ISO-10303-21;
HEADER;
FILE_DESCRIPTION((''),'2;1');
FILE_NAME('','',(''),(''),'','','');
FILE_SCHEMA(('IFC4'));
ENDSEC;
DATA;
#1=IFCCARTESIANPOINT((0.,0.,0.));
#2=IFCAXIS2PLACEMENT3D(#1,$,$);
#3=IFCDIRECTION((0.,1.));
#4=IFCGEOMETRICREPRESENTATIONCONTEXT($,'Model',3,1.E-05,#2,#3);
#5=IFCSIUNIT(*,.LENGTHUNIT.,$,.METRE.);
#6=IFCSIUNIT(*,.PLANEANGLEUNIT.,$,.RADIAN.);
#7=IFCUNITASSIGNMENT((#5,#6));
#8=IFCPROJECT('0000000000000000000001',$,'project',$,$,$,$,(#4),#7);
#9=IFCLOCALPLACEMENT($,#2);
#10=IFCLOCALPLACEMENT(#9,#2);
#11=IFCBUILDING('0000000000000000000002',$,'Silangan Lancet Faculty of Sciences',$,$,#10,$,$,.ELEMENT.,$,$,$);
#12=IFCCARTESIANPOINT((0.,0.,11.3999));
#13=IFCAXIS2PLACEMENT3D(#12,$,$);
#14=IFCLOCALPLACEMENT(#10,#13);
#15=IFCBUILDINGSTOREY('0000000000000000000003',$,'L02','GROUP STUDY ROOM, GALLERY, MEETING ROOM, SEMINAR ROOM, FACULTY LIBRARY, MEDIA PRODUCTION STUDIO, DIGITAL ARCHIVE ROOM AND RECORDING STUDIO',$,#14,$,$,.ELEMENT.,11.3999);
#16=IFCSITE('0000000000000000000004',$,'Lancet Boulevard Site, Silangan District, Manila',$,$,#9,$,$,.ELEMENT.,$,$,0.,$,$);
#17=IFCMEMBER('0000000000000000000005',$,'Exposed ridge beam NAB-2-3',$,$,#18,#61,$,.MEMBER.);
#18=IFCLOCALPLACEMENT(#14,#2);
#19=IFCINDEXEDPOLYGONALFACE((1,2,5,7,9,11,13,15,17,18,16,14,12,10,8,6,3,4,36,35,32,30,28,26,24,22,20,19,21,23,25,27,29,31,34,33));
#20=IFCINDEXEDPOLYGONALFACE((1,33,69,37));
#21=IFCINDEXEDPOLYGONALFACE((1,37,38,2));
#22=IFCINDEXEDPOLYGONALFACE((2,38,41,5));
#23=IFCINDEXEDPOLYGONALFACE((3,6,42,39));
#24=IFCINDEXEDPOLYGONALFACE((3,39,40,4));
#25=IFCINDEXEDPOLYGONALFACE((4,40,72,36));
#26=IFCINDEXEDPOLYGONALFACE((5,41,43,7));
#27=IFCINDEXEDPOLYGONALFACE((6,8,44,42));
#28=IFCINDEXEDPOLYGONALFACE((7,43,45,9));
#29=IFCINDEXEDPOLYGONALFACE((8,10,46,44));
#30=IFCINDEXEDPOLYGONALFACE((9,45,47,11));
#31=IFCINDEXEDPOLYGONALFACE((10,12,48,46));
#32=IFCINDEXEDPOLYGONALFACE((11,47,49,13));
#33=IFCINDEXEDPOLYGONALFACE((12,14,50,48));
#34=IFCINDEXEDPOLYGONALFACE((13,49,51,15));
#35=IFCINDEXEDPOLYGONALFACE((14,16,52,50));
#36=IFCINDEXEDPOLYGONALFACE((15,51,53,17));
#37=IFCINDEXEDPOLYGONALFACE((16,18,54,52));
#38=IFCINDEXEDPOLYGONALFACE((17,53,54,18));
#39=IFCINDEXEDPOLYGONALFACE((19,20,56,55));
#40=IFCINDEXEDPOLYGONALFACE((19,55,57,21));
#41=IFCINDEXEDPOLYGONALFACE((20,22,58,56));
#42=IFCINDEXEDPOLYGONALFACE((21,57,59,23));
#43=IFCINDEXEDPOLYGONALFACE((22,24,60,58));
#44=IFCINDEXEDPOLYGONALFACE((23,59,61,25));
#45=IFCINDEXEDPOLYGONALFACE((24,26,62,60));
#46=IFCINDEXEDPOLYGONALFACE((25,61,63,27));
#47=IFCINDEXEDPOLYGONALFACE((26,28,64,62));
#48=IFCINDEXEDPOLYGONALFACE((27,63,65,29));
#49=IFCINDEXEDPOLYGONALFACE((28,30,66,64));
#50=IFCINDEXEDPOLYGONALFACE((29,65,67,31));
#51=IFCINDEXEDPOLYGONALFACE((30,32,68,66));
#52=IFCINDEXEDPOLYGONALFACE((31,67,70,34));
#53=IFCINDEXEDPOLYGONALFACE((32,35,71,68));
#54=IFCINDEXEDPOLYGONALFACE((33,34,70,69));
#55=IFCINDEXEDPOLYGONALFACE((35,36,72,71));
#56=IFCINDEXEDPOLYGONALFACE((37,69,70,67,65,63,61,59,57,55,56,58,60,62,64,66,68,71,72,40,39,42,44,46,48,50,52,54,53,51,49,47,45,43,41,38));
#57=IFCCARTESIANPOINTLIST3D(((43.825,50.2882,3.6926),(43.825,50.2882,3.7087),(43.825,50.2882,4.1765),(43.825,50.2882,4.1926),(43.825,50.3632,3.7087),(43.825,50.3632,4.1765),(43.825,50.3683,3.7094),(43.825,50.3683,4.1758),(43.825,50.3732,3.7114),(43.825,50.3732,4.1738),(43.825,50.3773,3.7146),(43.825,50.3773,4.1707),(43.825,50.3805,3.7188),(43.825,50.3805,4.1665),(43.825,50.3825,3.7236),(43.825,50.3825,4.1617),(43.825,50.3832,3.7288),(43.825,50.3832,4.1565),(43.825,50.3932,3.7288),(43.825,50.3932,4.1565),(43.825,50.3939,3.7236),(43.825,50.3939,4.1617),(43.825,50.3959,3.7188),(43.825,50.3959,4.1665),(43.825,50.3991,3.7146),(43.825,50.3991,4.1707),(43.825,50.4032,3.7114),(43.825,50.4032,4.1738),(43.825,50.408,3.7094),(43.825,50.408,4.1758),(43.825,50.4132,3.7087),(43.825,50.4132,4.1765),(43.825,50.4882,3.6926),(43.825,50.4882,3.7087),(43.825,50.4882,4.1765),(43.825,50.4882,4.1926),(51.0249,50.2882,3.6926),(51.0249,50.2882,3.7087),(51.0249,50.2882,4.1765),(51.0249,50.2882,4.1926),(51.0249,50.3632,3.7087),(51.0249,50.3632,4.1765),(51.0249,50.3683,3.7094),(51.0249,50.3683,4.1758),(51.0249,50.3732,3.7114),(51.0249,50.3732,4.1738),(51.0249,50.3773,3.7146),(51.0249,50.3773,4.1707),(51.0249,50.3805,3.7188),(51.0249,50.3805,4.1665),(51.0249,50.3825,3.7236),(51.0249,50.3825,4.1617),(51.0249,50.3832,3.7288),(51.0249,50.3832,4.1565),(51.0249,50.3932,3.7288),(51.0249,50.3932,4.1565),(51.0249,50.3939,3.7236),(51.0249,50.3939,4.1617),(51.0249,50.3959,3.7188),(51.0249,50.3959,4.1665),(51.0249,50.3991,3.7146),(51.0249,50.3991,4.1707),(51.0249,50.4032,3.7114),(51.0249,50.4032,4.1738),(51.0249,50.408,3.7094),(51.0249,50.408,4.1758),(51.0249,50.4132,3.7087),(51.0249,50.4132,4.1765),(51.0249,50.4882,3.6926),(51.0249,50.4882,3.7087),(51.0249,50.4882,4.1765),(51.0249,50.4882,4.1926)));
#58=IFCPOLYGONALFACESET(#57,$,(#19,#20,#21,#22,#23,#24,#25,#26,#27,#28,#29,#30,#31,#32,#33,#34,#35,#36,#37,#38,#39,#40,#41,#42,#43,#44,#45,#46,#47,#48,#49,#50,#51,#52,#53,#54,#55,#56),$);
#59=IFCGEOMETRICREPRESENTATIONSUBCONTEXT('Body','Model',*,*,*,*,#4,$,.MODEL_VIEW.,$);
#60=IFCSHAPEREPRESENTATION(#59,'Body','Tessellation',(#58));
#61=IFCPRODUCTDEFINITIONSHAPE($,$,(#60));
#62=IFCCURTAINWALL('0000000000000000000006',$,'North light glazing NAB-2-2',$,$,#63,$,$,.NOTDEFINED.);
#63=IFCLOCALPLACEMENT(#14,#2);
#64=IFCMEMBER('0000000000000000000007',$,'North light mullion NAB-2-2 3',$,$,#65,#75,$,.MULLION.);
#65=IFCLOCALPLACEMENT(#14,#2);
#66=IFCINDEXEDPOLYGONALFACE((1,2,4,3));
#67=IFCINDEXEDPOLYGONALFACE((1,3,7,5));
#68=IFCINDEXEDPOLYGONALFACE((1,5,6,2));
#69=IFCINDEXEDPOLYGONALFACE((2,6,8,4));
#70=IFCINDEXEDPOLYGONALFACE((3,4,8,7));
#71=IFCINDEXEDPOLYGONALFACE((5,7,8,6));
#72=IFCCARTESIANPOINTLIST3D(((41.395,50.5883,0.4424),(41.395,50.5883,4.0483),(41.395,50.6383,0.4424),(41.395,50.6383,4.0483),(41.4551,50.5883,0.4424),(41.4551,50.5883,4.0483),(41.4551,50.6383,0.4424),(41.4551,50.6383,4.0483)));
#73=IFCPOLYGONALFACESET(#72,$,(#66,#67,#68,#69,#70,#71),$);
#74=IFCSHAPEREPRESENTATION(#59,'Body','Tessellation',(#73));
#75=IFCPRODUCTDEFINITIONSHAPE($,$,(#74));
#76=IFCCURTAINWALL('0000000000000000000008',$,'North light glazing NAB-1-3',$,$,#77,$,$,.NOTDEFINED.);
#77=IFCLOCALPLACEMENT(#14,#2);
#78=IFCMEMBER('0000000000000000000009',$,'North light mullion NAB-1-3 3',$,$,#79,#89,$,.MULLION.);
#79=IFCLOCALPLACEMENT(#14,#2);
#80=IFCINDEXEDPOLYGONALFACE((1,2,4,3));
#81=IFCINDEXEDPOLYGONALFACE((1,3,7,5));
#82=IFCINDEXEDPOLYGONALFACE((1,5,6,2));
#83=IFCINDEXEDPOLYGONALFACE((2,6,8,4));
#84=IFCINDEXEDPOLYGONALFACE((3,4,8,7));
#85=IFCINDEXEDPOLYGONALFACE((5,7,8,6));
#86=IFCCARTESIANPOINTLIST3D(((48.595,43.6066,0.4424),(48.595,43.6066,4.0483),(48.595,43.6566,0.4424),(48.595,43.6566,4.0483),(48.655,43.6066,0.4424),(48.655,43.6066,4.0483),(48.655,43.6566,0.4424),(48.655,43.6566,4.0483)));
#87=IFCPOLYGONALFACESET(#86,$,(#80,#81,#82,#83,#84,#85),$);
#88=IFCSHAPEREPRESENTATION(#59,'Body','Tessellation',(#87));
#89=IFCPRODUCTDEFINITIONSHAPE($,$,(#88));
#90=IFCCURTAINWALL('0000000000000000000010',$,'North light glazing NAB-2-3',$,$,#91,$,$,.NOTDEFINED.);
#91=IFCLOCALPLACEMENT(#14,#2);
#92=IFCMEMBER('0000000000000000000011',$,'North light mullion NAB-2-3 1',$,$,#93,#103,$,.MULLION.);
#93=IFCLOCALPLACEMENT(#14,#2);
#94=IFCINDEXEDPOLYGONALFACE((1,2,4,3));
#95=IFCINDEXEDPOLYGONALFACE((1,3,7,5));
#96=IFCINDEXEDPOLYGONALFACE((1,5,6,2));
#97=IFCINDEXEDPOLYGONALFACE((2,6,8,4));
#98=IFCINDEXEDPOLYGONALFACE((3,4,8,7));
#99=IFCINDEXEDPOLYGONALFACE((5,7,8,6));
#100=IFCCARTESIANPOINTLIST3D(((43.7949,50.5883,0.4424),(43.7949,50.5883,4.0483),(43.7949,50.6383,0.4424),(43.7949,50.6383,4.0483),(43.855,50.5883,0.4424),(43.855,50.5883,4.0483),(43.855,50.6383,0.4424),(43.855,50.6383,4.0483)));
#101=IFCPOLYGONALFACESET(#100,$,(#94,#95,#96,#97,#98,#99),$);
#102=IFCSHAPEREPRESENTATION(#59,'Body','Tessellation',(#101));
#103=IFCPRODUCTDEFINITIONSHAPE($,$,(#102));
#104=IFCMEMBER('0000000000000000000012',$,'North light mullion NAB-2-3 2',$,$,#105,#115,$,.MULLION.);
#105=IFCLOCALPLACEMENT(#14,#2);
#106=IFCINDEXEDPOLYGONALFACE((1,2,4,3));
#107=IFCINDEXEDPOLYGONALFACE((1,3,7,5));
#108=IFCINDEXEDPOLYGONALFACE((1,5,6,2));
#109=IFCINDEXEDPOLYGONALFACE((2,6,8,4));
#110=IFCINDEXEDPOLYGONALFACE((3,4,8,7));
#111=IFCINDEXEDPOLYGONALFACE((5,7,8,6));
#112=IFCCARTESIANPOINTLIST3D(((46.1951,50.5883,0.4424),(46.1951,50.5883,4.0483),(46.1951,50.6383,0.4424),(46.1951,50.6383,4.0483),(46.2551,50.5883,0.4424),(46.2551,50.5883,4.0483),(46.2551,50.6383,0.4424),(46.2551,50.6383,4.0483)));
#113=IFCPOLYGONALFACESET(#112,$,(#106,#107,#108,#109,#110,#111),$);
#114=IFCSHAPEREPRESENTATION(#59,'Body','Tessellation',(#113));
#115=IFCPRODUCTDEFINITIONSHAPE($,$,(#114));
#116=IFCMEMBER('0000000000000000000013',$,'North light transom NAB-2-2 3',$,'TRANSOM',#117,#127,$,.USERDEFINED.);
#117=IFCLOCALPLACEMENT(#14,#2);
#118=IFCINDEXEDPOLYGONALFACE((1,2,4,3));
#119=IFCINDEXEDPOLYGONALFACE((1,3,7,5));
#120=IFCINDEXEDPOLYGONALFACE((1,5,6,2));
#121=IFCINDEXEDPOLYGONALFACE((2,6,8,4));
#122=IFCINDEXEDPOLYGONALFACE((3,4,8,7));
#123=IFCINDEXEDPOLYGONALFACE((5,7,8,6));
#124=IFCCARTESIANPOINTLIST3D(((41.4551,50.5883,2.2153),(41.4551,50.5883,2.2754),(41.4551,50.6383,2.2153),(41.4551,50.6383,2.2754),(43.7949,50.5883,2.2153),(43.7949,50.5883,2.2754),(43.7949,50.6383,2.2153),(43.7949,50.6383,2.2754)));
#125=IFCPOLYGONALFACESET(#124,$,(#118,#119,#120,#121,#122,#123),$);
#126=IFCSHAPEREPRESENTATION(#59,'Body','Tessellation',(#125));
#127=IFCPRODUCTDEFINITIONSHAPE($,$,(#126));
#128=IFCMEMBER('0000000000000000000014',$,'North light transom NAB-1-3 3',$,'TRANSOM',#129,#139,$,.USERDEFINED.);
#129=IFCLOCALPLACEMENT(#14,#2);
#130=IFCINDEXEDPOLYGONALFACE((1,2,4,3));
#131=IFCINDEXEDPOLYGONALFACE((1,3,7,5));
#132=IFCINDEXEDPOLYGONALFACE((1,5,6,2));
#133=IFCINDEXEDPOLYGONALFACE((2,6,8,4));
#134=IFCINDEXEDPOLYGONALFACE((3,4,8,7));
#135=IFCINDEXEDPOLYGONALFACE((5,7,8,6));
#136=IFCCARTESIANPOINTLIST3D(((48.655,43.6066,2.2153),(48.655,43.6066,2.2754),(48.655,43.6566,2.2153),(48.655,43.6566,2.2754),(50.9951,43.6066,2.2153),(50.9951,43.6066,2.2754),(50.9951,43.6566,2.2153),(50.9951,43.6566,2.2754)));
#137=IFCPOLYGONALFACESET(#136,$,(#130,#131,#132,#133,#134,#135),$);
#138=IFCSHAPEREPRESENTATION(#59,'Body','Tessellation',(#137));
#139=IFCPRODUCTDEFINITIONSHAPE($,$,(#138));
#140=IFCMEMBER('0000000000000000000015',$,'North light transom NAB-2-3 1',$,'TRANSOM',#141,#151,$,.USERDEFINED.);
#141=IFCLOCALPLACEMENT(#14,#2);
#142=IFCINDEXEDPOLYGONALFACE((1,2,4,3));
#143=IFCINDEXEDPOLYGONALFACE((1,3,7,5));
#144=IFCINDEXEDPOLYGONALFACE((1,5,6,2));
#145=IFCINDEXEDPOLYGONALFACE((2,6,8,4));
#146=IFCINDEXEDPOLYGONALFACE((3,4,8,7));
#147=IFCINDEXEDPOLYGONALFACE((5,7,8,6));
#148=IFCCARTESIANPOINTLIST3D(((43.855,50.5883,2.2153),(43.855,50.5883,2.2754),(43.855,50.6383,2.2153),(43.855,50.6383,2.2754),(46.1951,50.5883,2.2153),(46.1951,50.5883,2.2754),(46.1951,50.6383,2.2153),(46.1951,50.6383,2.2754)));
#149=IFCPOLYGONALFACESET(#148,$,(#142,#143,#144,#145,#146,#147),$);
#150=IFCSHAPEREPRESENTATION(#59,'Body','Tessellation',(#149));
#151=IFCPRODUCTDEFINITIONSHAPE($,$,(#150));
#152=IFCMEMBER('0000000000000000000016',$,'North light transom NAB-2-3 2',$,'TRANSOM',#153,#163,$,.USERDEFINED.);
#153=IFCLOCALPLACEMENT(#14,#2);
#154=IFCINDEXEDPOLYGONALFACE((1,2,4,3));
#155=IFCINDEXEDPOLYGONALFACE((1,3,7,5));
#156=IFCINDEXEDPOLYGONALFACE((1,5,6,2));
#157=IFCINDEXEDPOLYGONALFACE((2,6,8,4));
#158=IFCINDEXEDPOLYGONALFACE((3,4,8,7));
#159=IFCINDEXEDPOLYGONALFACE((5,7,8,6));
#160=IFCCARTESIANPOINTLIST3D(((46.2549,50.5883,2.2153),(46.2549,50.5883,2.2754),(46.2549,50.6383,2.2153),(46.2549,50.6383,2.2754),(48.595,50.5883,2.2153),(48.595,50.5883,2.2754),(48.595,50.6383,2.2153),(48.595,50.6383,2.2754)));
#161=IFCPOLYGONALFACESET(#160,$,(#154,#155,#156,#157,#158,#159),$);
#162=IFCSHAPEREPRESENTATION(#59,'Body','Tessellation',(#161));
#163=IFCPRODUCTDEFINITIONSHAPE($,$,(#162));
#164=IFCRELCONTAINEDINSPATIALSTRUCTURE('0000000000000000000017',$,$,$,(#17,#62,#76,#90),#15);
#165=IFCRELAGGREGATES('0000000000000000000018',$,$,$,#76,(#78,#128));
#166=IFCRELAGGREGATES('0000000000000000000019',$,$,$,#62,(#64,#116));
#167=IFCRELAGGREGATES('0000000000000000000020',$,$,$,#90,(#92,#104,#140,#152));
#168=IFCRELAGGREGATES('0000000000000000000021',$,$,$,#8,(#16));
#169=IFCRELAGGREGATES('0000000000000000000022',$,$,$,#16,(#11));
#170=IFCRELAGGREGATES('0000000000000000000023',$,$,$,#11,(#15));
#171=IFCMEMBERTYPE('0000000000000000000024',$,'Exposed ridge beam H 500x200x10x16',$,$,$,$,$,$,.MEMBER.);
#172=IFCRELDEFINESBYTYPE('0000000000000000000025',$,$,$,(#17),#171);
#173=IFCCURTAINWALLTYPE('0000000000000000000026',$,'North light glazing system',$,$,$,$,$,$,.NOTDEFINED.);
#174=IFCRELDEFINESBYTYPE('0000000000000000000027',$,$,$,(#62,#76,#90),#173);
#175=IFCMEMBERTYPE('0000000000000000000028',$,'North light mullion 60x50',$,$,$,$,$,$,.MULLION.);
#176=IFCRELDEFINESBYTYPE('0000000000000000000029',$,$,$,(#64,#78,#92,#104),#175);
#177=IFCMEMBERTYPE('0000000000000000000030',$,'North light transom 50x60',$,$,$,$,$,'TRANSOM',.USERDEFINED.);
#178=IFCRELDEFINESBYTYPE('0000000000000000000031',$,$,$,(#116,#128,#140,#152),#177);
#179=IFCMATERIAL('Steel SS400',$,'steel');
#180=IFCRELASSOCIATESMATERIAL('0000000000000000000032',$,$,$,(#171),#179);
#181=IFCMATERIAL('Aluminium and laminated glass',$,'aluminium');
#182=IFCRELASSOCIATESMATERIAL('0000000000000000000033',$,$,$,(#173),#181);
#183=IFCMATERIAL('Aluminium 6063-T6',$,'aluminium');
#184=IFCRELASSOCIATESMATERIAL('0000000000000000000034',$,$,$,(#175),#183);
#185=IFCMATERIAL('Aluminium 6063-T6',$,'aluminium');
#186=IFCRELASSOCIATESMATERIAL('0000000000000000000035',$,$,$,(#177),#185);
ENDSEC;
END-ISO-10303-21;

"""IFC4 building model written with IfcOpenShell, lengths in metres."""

from ifc_helpers import new_model, si_unit, direction, frame, origin, origin_2d, place, context, subcontext, project, spatial, rectangle, i_section, extrude, material, material_profile, profile_set, type_object, element, aggregate, save


model = new_model("IFC4")

# Units and contexts
model_context = context("Model", 3, precision=1e-05, world=origin(), true_north=direction((0.0, 1.0)))
body_context = subcontext(model_context, "Body", "Model", "MODEL_VIEW")
ifc_project = project(units=[si_unit("LENGTHUNIT", "METRE"), si_unit("PLANEANGLEUNIT", "RADIAN")], contexts=[model_context])

# Site, building, storey
site_placement = place(None, origin())
site = spatial("IfcSite", under=ifc_project, at=site_placement, Name="Lancet Boulevard Site, Silangan District, Manila", CompositionType="ELEMENT", RefElevation=0.0)
building_placement = place(site_placement, origin())
building = spatial("IfcBuilding", under=site, at=building_placement, Name="Silangan Lancet Faculty of Sciences", CompositionType="ELEMENT")
storey_placement = place(building_placement, frame((0.0, 0.0, 11.3999)))
storey = spatial("IfcBuildingStorey", under=building, at=storey_placement, Name="L02", Description="GROUP STUDY ROOM, GALLERY, MEETING ROOM, SEMINAR ROOM, FACULTY LIBRARY, MEDIA PRODUCTION STUDIO, DIGITAL ARCHIVE ROOM AND RECORDING STUDIO", CompositionType="ELEMENT", Elevation=11.3999)

# Member
ifc_material_1 = material(Name="Steel SS400", Category="steel")
ifc_material_profile_1 = material_profile(ifc_material_1, i_section(OverallWidth=0.2, OverallDepth=0.5, WebThickness=0.01, FlangeThickness=0.0161, FilletRadius=0.02, at=origin_2d()), Name="H 500x200x10x16")
ifc_profile_set_1 = profile_set([ifc_material_profile_1], Name="Steel SS400")
member_type_1 = type_object("IfcMemberType", Name="Exposed ridge beam H 500x200x10x16", PredefinedType="MEMBER", material=ifc_profile_set_1)
member_1_placement = place(storey_placement, frame((43.825, 50.3882, 3.9426), z_axis=(1.0, 0.0, 0.0), x_axis=(0.0, 1.0, 0.0)))
element("IfcMember", 1, at=member_1_placement, inside=storey, type_object=member_type_1, Name="Exposed ridge beam NAB-2-3", PredefinedType="MEMBER", context=body_context, shape_type="SweptSolid", body=[
    extrude(i_section(OverallWidth=0.2, OverallDepth=0.5, WebThickness=0.01, FlangeThickness=0.0161, FilletRadius=0.02, at=origin_2d()), origin(), (0.0, 0.0, 1.0), 7.2),
])

# Curtain walls, members
ifc_material_2 = material(Name="Aluminium and laminated glass", Category="aluminium")
curtain_wall_type = type_object("IfcCurtainWallType", Name="North light glazing system", PredefinedType="NOTDEFINED", material=ifc_material_2)
curtain_wall_1_placement = place(storey_placement, origin())
curtain_wall_1 = element("IfcCurtainWall", 2, at=curtain_wall_1_placement, inside=storey, type_object=curtain_wall_type, Name="North light glazing NAB-2-2", PredefinedType="NOTDEFINED")
ifc_material_3 = material(Name="Aluminium 6063-T6", Category="aluminium")
ifc_material_profile_2 = material_profile(ifc_material_3, rectangle(XDim=0.0601, YDim=0.05, at=origin_2d()), Name="AL 60x50")
ifc_profile_set_2 = profile_set([ifc_material_profile_2], Name="Aluminium 6063-T6")
member_type_2 = type_object("IfcMemberType", Name="North light mullion 60x50", PredefinedType="MULLION", material=ifc_profile_set_2)
member_2_placement = place(storey_placement, frame((41.425, 50.6133, 0.4424), z_axis=(0.0, 0.0, 1.0), x_axis=(1.0, 0.0, 0.0)))
member_2 = element("IfcMember", 3, at=member_2_placement, type_object=member_type_2, Name="North light mullion NAB-2-2 3", PredefinedType="MULLION", context=body_context, shape_type="SweptSolid", body=[
    extrude(rectangle(XDim=0.0601, YDim=0.05, at=origin_2d()), origin(), (0.0, 0.0, 1.0), 3.606),
])
curtain_wall_2_placement = place(storey_placement, origin())
curtain_wall_2 = element("IfcCurtainWall", 4, at=curtain_wall_2_placement, inside=storey, type_object=curtain_wall_type, Name="North light glazing NAB-1-3", PredefinedType="NOTDEFINED")
member_3_placement = place(storey_placement, frame((48.625, 43.6316, 0.4424), z_axis=(0.0, 0.0, 1.0), x_axis=(1.0, 0.0, 0.0)))
member_3 = element("IfcMember", 5, at=member_3_placement, type_object=member_type_2, Name="North light mullion NAB-1-3 3", PredefinedType="MULLION", context=body_context, shape_type="SweptSolid", body=[
    extrude(rectangle(XDim=0.0601, YDim=0.05, at=origin_2d()), origin(), (0.0, 0.0, 1.0), 3.606),
])

# Curtain wall, members
curtain_wall_3_placement = place(storey_placement, origin())
curtain_wall_3 = element("IfcCurtainWall", 6, at=curtain_wall_3_placement, inside=storey, type_object=curtain_wall_type, Name="North light glazing NAB-2-3", PredefinedType="NOTDEFINED")
member_4_placement = place(storey_placement, frame((43.825, 50.6133, 0.4424), z_axis=(0.0, 0.0, 1.0), x_axis=(1.0, 0.0, 0.0)))
member_4 = element("IfcMember", 7, at=member_4_placement, type_object=member_type_2, Name="North light mullion NAB-2-3 1", PredefinedType="MULLION", context=body_context, shape_type="SweptSolid", body=[
    extrude(rectangle(XDim=0.0601, YDim=0.05, at=origin_2d()), origin(), (0.0, 0.0, 1.0), 3.606),
])
member_5_placement = place(storey_placement, frame((46.2251, 50.6133, 0.4424), z_axis=(0.0, 0.0, 1.0), x_axis=(1.0, 0.0, 0.0)))
member_5 = element("IfcMember", 8, at=member_5_placement, type_object=member_type_2, Name="North light mullion NAB-2-3 2", PredefinedType="MULLION", context=body_context, shape_type="SweptSolid", body=[
    extrude(rectangle(XDim=0.0601, YDim=0.05, at=origin_2d()), origin(), (0.0, 0.0, 1.0), 3.606),
])

# Members
ifc_material_4 = material(Name="Aluminium 6063-T6", Category="aluminium")
ifc_material_profile_3 = material_profile(ifc_material_4, rectangle(XDim=0.05, YDim=0.0601, at=origin_2d()), Name="AL 50x60")
ifc_profile_set_3 = profile_set([ifc_material_profile_3], Name="Aluminium 6063-T6")
member_type_3 = type_object("IfcMemberType", Name="North light transom 50x60", ElementType="TRANSOM", PredefinedType="USERDEFINED", material=ifc_profile_set_3)
member_6_placement = place(storey_placement, frame((41.4551, 50.6133, 2.2454), z_axis=(1.0, 0.0, 0.0), x_axis=(0.0, 1.0, 0.0)))
member_6 = element("IfcMember", 9, at=member_6_placement, type_object=member_type_3, Name="North light transom NAB-2-2 3", ObjectType="TRANSOM", PredefinedType="USERDEFINED", context=body_context, shape_type="SweptSolid", body=[
    extrude(rectangle(XDim=0.05, YDim=0.0601, at=origin_2d()), origin(), (0.0, 0.0, 1.0), 2.3398),
])
member_7_placement = place(storey_placement, frame((48.655, 43.6316, 2.2454), z_axis=(1.0, 0.0, 0.0), x_axis=(0.0, 1.0, 0.0)))
member_7 = element("IfcMember", 10, at=member_7_placement, type_object=member_type_3, Name="North light transom NAB-1-3 3", ObjectType="TRANSOM", PredefinedType="USERDEFINED", context=body_context, shape_type="SweptSolid", body=[
    extrude(rectangle(XDim=0.05, YDim=0.0601, at=origin_2d()), origin(), (0.0, 0.0, 1.0), 2.3401),
])
aggregate(curtain_wall_2, [member_3, member_7])
member_8_placement = place(storey_placement, frame((43.855, 50.6133, 2.2454), z_axis=(1.0, 0.0, 0.0), x_axis=(0.0, 1.0, 0.0)))
member_8 = element("IfcMember", 11, at=member_8_placement, type_object=member_type_3, Name="North light transom NAB-2-3 1", ObjectType="TRANSOM", PredefinedType="USERDEFINED", context=body_context, shape_type="SweptSolid", body=[
    extrude(rectangle(XDim=0.05, YDim=0.0601, at=origin_2d()), origin(), (0.0, 0.0, 1.0), 2.3401),
])
member_9_placement = place(storey_placement, frame((46.2549, 50.6133, 2.2454), z_axis=(1.0, 0.0, 0.0), x_axis=(0.0, 1.0, 0.0)))
member_9 = element("IfcMember", 12, at=member_9_placement, type_object=member_type_3, Name="North light transom NAB-2-3 2", ObjectType="TRANSOM", PredefinedType="USERDEFINED", context=body_context, shape_type="SweptSolid", body=[
    extrude(rectangle(XDim=0.05, YDim=0.0601, at=origin_2d()), origin(), (0.0, 0.0, 1.0), 2.3401),
])

aggregate(curtain_wall_1, [member_2, member_6])
aggregate(curtain_wall_3, [member_4, member_5, member_8, member_9])

save(model, "model.ifc")
